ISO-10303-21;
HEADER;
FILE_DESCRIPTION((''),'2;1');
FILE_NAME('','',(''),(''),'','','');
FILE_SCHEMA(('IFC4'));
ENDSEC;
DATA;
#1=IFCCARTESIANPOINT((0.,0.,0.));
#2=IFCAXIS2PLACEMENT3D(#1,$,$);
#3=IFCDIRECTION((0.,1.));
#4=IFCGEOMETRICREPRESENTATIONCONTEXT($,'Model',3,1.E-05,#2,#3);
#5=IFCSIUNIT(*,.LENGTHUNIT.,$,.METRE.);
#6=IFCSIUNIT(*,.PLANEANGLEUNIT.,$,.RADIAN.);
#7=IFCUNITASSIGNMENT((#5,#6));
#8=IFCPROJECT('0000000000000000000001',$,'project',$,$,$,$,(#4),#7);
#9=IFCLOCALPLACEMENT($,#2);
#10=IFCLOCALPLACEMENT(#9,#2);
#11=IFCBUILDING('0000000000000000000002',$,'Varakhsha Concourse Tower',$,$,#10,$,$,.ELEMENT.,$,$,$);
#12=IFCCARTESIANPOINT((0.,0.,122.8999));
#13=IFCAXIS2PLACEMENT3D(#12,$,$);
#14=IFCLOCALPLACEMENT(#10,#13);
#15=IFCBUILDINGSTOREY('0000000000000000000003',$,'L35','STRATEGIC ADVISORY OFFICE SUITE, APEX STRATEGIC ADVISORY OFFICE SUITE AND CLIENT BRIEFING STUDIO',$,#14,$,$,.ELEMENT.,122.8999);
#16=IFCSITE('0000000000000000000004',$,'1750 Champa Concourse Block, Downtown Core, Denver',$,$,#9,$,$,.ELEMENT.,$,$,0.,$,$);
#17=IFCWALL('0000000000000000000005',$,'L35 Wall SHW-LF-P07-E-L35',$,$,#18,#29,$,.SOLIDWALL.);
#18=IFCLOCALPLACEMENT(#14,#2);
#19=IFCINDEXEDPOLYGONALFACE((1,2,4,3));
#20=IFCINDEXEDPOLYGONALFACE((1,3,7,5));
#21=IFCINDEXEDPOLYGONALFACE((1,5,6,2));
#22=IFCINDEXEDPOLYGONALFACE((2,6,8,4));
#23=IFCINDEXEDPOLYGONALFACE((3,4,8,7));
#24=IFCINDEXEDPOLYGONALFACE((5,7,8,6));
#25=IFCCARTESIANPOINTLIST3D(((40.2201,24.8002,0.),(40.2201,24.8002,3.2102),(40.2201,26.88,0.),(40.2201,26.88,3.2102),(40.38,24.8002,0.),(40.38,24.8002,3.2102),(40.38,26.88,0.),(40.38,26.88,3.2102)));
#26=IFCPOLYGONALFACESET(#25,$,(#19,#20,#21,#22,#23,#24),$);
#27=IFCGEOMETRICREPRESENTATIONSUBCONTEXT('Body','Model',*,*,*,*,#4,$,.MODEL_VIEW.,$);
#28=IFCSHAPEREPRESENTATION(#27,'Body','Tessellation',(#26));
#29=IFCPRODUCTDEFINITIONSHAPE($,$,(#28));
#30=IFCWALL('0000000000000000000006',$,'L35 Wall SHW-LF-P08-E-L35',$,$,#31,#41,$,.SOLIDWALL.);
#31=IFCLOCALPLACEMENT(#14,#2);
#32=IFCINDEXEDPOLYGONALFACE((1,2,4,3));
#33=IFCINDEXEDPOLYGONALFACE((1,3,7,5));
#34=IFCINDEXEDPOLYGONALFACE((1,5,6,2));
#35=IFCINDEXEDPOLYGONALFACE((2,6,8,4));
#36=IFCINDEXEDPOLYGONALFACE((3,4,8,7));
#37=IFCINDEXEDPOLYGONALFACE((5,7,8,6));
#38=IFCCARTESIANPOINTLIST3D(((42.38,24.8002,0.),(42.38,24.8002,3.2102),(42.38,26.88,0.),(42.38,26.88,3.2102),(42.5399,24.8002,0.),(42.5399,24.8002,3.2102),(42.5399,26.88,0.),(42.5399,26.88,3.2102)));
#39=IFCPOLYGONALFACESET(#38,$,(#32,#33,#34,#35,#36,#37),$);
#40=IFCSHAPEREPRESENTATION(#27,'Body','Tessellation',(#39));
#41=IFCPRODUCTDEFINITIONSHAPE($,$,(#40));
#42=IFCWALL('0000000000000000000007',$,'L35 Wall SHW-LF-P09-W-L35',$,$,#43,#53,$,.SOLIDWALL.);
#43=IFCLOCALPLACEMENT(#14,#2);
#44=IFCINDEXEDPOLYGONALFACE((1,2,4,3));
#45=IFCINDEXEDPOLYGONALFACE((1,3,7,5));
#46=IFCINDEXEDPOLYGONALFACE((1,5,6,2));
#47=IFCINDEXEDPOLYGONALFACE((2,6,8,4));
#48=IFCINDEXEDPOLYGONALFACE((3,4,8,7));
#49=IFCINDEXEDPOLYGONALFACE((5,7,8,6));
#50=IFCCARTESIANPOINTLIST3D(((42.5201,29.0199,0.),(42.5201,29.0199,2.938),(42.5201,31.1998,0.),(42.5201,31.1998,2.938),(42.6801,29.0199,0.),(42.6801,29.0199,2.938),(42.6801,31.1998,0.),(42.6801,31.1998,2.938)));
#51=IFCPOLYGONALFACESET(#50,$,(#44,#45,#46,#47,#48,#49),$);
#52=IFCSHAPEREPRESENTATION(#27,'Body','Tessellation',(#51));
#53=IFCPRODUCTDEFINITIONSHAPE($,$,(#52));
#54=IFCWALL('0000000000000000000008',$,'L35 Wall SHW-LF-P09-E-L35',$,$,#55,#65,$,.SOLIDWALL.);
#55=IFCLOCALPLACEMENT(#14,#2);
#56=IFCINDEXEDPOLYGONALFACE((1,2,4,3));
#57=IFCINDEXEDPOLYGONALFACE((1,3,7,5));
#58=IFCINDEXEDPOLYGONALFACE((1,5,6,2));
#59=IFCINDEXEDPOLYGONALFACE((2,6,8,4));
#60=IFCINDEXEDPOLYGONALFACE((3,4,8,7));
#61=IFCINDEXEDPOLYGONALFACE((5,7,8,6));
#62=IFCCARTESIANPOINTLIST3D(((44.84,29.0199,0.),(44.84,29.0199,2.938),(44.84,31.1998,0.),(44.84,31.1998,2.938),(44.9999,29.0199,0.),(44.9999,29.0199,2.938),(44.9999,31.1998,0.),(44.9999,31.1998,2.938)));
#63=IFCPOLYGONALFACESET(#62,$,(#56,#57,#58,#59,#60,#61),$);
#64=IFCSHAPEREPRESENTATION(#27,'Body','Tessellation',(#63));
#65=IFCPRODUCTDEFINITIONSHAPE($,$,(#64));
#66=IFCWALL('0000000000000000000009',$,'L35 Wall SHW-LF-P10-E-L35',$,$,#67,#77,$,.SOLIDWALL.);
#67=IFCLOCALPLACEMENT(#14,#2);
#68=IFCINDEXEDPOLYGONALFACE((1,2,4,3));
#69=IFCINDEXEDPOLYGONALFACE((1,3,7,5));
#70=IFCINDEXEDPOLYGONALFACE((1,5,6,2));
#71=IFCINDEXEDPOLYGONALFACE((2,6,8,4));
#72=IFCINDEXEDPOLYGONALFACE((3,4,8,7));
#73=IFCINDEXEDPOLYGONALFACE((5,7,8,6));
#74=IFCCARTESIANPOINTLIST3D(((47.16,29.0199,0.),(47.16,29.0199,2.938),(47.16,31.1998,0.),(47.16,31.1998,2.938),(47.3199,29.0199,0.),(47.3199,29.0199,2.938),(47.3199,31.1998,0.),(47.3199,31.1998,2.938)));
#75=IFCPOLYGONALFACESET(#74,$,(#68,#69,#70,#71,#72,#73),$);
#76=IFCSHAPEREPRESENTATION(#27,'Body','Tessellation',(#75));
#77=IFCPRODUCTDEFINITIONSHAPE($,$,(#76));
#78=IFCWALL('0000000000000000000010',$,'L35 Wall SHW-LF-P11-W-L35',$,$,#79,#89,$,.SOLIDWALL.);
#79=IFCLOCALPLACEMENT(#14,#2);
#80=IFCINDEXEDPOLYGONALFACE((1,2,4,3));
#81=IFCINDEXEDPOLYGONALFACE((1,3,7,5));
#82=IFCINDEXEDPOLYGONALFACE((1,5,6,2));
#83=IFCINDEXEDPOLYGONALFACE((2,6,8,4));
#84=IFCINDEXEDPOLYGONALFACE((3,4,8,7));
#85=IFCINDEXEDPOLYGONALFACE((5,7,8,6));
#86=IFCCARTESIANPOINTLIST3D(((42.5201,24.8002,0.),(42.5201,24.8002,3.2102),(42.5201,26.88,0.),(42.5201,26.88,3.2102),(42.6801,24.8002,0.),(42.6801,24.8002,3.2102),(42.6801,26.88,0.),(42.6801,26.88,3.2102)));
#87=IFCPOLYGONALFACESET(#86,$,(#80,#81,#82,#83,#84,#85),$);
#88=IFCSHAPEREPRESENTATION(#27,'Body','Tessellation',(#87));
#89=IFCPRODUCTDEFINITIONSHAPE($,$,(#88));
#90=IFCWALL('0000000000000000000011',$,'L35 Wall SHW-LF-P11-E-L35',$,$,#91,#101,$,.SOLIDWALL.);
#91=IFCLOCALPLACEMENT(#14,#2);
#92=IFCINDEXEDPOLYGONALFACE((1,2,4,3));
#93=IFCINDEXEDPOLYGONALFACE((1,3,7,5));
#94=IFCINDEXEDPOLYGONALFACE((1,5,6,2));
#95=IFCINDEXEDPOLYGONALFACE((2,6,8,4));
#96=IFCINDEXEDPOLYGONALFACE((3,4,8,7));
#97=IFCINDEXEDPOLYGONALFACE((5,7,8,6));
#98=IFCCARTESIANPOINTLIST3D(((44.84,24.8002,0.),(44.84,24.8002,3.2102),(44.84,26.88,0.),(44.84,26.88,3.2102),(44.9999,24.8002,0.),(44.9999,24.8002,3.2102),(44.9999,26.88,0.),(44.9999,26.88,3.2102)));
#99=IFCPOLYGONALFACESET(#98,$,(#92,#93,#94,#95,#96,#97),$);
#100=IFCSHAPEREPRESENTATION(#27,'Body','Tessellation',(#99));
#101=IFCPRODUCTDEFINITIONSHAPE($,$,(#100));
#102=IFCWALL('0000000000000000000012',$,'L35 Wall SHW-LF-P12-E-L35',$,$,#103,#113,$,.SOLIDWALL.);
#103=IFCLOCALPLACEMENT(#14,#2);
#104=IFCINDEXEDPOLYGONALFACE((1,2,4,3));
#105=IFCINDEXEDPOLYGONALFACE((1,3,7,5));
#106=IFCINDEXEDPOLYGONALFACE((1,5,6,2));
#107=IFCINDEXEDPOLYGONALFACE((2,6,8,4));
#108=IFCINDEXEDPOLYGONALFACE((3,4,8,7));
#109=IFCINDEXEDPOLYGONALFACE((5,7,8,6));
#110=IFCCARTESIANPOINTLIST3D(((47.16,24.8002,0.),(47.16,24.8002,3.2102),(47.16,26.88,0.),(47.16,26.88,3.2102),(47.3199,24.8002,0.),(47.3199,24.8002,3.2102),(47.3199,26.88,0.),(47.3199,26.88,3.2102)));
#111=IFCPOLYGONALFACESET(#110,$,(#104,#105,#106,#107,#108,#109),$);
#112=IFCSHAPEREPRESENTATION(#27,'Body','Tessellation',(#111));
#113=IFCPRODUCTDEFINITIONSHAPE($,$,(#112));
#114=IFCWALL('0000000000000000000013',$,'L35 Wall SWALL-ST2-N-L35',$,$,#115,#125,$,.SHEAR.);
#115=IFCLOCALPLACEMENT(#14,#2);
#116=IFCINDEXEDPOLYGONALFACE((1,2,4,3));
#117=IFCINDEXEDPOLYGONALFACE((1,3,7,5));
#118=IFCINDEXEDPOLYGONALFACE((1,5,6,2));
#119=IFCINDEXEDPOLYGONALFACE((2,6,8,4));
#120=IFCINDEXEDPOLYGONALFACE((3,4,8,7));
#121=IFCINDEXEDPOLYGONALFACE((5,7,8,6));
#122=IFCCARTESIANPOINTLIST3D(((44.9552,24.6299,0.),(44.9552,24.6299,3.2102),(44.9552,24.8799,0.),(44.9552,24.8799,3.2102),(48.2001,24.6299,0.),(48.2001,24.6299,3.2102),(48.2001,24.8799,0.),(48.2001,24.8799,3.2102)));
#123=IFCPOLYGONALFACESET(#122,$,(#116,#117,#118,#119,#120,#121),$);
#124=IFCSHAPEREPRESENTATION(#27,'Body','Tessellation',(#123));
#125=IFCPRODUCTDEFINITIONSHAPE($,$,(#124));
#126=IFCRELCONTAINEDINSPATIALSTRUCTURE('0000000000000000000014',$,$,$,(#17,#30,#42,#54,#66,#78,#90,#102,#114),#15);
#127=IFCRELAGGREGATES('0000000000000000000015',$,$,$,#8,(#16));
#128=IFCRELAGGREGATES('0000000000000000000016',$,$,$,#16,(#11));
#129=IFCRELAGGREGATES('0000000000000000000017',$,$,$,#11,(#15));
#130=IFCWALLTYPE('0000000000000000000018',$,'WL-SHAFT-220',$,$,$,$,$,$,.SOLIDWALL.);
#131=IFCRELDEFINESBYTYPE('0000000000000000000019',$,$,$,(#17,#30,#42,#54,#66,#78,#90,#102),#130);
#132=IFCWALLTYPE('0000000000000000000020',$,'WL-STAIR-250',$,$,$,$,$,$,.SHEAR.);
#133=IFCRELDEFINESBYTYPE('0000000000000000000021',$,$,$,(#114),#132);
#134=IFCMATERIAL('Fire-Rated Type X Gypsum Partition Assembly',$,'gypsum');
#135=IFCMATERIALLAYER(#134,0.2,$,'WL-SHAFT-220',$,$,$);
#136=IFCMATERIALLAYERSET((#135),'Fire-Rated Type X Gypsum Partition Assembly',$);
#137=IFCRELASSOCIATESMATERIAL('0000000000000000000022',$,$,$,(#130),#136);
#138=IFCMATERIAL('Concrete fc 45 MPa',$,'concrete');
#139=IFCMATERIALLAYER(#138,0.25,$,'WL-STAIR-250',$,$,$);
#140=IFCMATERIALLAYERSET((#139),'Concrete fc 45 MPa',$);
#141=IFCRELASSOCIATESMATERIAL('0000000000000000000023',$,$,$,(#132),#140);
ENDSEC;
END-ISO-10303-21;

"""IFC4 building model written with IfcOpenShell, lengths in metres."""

from ifc_helpers import new_model, si_unit, direction, frame, frame_2d, origin, place, context, subcontext, project, spatial, rectangle, extrude, material, layer, layer_set, type_object, element, save


model = new_model("IFC4")

# Units and contexts
model_context = context("Model", 3, precision=1e-05, world=origin(), true_north=direction((0.0, 1.0)))
body_context = subcontext(model_context, "Body", "Model", "MODEL_VIEW")
ifc_project = project(units=[si_unit("LENGTHUNIT", "METRE"), si_unit("PLANEANGLEUNIT", "RADIAN")], contexts=[model_context])

# Site, building, storey
site_placement = place(None, origin())
site = spatial("IfcSite", under=ifc_project, at=site_placement, Name="1750 Champa Concourse Block, Downtown Core, Denver", CompositionType="ELEMENT", RefElevation=0.0)
building_placement = place(site_placement, origin())
building = spatial("IfcBuilding", under=site, at=building_placement, Name="Varakhsha Concourse Tower", CompositionType="ELEMENT")
storey_placement = place(building_placement, frame((0.0, 0.0, 122.8999)))
storey = spatial("IfcBuildingStorey", under=building, at=storey_placement, Name="L35", Description="STRATEGIC ADVISORY OFFICE SUITE, APEX STRATEGIC ADVISORY OFFICE SUITE AND CLIENT BRIEFING STUDIO", CompositionType="ELEMENT", Elevation=122.8999)

# Walls
ifc_material_1 = material(Name="Fire-Rated Type X Gypsum Partition Assembly", Category="gypsum")
ifc_layer_1 = layer(ifc_material_1, 0.2, Name="WL-SHAFT-220")
ifc_layer_set_1 = layer_set([ifc_layer_1], Name="Fire-Rated Type X Gypsum Partition Assembly")
wall_type_1 = type_object("IfcWallType", Name="WL-SHAFT-220", PredefinedType="SOLIDWALL", material=ifc_layer_set_1)
for number, where, z_axis, x_axis, name in (
    (1, (40.3, 24.8, 0.0), (0.0, 0.0, 1.0), (0.0, 1.0, 0.0), "L35 Wall SHW-LF-P07-E-L35"),
    (2, (42.46, 24.8, 0.0), (0.0, 0.0, 1.0), (0.0, 1.0, 0.0), "L35 Wall SHW-LF-P08-E-L35"),
):
    element("IfcWall", number, at=place(storey_placement, frame(where, z_axis=z_axis, x_axis=x_axis)), inside=storey, type_object=wall_type_1, Name=name, PredefinedType="SOLIDWALL", context=body_context, shape_type="SweptSolid", body=[
        extrude(rectangle(XDim=2.0798, YDim=0.1599, at=frame_2d((1.04, 0.0))), origin(), (0.0, 0.0, 1.0), 3.2102),
    ])
for number, where, z_axis, x_axis, name in (
    (3, (42.6001, 29.02, 0.0), (0.0, 0.0, 1.0), (0.0, 1.0, 0.0), "L35 Wall SHW-LF-P09-W-L35"),
    (4, (44.9199, 29.02, 0.0), (0.0, 0.0, 1.0), (0.0, 1.0, 0.0), "L35 Wall SHW-LF-P09-E-L35"),
    (5, (47.24, 29.02, 0.0), (0.0, 0.0, 1.0), (0.0, 1.0, 0.0), "L35 Wall SHW-LF-P10-E-L35"),
):
    element("IfcWall", number, at=place(storey_placement, frame(where, z_axis=z_axis, x_axis=x_axis)), inside=storey, type_object=wall_type_1, Name=name, PredefinedType="SOLIDWALL", context=body_context, shape_type="SweptSolid", body=[
        extrude(rectangle(XDim=2.1799, YDim=0.1599, at=frame_2d((1.0898, 0.0))), origin(), (0.0, 0.0, 1.0), 2.938),
    ])
for number, where, z_axis, x_axis, name in (
    (6, (42.6001, 24.8, 0.0), (0.0, 0.0, 1.0), (0.0, 1.0, 0.0), "L35 Wall SHW-LF-P11-W-L35"),
    (7, (44.9199, 24.8, 0.0), (0.0, 0.0, 1.0), (0.0, 1.0, 0.0), "L35 Wall SHW-LF-P11-E-L35"),
    (8, (47.24, 24.8, 0.0), (0.0, 0.0, 1.0), (0.0, 1.0, 0.0), "L35 Wall SHW-LF-P12-E-L35"),
):
    element("IfcWall", number, at=place(storey_placement, frame(where, z_axis=z_axis, x_axis=x_axis)), inside=storey, type_object=wall_type_1, Name=name, PredefinedType="SOLIDWALL", context=body_context, shape_type="SweptSolid", body=[
        extrude(rectangle(XDim=2.0798, YDim=0.1599, at=frame_2d((1.04, 0.0))), origin(), (0.0, 0.0, 1.0), 3.2102),
    ])
ifc_material_2 = material(Name="Concrete fc 45 MPa", Category="concrete")
ifc_layer_2 = layer(ifc_material_2, 0.25, Name="WL-STAIR-250")
ifc_layer_set_2 = layer_set([ifc_layer_2], Name="Concrete fc 45 MPa")
wall_type_2 = type_object("IfcWallType", Name="WL-STAIR-250", PredefinedType="SHEAR", material=ifc_layer_set_2)
wall_1_placement = place(storey_placement, frame((44.9551, 24.7549, 0.0), z_axis=(0.0, 0.0, 1.0), x_axis=(1.0, 0.0, 0.0)))
element("IfcWall", 9, at=wall_1_placement, inside=storey, type_object=wall_type_2, Name="L35 Wall SWALL-ST2-N-L35", PredefinedType="SHEAR", context=body_context, shape_type="SweptSolid", body=[
    extrude(rectangle(XDim=3.2449, YDim=0.25, at=frame_2d((1.6226, 0.0))), origin(), (0.0, 0.0, 1.0), 3.2102),
])

save(model, "model.ifc")
